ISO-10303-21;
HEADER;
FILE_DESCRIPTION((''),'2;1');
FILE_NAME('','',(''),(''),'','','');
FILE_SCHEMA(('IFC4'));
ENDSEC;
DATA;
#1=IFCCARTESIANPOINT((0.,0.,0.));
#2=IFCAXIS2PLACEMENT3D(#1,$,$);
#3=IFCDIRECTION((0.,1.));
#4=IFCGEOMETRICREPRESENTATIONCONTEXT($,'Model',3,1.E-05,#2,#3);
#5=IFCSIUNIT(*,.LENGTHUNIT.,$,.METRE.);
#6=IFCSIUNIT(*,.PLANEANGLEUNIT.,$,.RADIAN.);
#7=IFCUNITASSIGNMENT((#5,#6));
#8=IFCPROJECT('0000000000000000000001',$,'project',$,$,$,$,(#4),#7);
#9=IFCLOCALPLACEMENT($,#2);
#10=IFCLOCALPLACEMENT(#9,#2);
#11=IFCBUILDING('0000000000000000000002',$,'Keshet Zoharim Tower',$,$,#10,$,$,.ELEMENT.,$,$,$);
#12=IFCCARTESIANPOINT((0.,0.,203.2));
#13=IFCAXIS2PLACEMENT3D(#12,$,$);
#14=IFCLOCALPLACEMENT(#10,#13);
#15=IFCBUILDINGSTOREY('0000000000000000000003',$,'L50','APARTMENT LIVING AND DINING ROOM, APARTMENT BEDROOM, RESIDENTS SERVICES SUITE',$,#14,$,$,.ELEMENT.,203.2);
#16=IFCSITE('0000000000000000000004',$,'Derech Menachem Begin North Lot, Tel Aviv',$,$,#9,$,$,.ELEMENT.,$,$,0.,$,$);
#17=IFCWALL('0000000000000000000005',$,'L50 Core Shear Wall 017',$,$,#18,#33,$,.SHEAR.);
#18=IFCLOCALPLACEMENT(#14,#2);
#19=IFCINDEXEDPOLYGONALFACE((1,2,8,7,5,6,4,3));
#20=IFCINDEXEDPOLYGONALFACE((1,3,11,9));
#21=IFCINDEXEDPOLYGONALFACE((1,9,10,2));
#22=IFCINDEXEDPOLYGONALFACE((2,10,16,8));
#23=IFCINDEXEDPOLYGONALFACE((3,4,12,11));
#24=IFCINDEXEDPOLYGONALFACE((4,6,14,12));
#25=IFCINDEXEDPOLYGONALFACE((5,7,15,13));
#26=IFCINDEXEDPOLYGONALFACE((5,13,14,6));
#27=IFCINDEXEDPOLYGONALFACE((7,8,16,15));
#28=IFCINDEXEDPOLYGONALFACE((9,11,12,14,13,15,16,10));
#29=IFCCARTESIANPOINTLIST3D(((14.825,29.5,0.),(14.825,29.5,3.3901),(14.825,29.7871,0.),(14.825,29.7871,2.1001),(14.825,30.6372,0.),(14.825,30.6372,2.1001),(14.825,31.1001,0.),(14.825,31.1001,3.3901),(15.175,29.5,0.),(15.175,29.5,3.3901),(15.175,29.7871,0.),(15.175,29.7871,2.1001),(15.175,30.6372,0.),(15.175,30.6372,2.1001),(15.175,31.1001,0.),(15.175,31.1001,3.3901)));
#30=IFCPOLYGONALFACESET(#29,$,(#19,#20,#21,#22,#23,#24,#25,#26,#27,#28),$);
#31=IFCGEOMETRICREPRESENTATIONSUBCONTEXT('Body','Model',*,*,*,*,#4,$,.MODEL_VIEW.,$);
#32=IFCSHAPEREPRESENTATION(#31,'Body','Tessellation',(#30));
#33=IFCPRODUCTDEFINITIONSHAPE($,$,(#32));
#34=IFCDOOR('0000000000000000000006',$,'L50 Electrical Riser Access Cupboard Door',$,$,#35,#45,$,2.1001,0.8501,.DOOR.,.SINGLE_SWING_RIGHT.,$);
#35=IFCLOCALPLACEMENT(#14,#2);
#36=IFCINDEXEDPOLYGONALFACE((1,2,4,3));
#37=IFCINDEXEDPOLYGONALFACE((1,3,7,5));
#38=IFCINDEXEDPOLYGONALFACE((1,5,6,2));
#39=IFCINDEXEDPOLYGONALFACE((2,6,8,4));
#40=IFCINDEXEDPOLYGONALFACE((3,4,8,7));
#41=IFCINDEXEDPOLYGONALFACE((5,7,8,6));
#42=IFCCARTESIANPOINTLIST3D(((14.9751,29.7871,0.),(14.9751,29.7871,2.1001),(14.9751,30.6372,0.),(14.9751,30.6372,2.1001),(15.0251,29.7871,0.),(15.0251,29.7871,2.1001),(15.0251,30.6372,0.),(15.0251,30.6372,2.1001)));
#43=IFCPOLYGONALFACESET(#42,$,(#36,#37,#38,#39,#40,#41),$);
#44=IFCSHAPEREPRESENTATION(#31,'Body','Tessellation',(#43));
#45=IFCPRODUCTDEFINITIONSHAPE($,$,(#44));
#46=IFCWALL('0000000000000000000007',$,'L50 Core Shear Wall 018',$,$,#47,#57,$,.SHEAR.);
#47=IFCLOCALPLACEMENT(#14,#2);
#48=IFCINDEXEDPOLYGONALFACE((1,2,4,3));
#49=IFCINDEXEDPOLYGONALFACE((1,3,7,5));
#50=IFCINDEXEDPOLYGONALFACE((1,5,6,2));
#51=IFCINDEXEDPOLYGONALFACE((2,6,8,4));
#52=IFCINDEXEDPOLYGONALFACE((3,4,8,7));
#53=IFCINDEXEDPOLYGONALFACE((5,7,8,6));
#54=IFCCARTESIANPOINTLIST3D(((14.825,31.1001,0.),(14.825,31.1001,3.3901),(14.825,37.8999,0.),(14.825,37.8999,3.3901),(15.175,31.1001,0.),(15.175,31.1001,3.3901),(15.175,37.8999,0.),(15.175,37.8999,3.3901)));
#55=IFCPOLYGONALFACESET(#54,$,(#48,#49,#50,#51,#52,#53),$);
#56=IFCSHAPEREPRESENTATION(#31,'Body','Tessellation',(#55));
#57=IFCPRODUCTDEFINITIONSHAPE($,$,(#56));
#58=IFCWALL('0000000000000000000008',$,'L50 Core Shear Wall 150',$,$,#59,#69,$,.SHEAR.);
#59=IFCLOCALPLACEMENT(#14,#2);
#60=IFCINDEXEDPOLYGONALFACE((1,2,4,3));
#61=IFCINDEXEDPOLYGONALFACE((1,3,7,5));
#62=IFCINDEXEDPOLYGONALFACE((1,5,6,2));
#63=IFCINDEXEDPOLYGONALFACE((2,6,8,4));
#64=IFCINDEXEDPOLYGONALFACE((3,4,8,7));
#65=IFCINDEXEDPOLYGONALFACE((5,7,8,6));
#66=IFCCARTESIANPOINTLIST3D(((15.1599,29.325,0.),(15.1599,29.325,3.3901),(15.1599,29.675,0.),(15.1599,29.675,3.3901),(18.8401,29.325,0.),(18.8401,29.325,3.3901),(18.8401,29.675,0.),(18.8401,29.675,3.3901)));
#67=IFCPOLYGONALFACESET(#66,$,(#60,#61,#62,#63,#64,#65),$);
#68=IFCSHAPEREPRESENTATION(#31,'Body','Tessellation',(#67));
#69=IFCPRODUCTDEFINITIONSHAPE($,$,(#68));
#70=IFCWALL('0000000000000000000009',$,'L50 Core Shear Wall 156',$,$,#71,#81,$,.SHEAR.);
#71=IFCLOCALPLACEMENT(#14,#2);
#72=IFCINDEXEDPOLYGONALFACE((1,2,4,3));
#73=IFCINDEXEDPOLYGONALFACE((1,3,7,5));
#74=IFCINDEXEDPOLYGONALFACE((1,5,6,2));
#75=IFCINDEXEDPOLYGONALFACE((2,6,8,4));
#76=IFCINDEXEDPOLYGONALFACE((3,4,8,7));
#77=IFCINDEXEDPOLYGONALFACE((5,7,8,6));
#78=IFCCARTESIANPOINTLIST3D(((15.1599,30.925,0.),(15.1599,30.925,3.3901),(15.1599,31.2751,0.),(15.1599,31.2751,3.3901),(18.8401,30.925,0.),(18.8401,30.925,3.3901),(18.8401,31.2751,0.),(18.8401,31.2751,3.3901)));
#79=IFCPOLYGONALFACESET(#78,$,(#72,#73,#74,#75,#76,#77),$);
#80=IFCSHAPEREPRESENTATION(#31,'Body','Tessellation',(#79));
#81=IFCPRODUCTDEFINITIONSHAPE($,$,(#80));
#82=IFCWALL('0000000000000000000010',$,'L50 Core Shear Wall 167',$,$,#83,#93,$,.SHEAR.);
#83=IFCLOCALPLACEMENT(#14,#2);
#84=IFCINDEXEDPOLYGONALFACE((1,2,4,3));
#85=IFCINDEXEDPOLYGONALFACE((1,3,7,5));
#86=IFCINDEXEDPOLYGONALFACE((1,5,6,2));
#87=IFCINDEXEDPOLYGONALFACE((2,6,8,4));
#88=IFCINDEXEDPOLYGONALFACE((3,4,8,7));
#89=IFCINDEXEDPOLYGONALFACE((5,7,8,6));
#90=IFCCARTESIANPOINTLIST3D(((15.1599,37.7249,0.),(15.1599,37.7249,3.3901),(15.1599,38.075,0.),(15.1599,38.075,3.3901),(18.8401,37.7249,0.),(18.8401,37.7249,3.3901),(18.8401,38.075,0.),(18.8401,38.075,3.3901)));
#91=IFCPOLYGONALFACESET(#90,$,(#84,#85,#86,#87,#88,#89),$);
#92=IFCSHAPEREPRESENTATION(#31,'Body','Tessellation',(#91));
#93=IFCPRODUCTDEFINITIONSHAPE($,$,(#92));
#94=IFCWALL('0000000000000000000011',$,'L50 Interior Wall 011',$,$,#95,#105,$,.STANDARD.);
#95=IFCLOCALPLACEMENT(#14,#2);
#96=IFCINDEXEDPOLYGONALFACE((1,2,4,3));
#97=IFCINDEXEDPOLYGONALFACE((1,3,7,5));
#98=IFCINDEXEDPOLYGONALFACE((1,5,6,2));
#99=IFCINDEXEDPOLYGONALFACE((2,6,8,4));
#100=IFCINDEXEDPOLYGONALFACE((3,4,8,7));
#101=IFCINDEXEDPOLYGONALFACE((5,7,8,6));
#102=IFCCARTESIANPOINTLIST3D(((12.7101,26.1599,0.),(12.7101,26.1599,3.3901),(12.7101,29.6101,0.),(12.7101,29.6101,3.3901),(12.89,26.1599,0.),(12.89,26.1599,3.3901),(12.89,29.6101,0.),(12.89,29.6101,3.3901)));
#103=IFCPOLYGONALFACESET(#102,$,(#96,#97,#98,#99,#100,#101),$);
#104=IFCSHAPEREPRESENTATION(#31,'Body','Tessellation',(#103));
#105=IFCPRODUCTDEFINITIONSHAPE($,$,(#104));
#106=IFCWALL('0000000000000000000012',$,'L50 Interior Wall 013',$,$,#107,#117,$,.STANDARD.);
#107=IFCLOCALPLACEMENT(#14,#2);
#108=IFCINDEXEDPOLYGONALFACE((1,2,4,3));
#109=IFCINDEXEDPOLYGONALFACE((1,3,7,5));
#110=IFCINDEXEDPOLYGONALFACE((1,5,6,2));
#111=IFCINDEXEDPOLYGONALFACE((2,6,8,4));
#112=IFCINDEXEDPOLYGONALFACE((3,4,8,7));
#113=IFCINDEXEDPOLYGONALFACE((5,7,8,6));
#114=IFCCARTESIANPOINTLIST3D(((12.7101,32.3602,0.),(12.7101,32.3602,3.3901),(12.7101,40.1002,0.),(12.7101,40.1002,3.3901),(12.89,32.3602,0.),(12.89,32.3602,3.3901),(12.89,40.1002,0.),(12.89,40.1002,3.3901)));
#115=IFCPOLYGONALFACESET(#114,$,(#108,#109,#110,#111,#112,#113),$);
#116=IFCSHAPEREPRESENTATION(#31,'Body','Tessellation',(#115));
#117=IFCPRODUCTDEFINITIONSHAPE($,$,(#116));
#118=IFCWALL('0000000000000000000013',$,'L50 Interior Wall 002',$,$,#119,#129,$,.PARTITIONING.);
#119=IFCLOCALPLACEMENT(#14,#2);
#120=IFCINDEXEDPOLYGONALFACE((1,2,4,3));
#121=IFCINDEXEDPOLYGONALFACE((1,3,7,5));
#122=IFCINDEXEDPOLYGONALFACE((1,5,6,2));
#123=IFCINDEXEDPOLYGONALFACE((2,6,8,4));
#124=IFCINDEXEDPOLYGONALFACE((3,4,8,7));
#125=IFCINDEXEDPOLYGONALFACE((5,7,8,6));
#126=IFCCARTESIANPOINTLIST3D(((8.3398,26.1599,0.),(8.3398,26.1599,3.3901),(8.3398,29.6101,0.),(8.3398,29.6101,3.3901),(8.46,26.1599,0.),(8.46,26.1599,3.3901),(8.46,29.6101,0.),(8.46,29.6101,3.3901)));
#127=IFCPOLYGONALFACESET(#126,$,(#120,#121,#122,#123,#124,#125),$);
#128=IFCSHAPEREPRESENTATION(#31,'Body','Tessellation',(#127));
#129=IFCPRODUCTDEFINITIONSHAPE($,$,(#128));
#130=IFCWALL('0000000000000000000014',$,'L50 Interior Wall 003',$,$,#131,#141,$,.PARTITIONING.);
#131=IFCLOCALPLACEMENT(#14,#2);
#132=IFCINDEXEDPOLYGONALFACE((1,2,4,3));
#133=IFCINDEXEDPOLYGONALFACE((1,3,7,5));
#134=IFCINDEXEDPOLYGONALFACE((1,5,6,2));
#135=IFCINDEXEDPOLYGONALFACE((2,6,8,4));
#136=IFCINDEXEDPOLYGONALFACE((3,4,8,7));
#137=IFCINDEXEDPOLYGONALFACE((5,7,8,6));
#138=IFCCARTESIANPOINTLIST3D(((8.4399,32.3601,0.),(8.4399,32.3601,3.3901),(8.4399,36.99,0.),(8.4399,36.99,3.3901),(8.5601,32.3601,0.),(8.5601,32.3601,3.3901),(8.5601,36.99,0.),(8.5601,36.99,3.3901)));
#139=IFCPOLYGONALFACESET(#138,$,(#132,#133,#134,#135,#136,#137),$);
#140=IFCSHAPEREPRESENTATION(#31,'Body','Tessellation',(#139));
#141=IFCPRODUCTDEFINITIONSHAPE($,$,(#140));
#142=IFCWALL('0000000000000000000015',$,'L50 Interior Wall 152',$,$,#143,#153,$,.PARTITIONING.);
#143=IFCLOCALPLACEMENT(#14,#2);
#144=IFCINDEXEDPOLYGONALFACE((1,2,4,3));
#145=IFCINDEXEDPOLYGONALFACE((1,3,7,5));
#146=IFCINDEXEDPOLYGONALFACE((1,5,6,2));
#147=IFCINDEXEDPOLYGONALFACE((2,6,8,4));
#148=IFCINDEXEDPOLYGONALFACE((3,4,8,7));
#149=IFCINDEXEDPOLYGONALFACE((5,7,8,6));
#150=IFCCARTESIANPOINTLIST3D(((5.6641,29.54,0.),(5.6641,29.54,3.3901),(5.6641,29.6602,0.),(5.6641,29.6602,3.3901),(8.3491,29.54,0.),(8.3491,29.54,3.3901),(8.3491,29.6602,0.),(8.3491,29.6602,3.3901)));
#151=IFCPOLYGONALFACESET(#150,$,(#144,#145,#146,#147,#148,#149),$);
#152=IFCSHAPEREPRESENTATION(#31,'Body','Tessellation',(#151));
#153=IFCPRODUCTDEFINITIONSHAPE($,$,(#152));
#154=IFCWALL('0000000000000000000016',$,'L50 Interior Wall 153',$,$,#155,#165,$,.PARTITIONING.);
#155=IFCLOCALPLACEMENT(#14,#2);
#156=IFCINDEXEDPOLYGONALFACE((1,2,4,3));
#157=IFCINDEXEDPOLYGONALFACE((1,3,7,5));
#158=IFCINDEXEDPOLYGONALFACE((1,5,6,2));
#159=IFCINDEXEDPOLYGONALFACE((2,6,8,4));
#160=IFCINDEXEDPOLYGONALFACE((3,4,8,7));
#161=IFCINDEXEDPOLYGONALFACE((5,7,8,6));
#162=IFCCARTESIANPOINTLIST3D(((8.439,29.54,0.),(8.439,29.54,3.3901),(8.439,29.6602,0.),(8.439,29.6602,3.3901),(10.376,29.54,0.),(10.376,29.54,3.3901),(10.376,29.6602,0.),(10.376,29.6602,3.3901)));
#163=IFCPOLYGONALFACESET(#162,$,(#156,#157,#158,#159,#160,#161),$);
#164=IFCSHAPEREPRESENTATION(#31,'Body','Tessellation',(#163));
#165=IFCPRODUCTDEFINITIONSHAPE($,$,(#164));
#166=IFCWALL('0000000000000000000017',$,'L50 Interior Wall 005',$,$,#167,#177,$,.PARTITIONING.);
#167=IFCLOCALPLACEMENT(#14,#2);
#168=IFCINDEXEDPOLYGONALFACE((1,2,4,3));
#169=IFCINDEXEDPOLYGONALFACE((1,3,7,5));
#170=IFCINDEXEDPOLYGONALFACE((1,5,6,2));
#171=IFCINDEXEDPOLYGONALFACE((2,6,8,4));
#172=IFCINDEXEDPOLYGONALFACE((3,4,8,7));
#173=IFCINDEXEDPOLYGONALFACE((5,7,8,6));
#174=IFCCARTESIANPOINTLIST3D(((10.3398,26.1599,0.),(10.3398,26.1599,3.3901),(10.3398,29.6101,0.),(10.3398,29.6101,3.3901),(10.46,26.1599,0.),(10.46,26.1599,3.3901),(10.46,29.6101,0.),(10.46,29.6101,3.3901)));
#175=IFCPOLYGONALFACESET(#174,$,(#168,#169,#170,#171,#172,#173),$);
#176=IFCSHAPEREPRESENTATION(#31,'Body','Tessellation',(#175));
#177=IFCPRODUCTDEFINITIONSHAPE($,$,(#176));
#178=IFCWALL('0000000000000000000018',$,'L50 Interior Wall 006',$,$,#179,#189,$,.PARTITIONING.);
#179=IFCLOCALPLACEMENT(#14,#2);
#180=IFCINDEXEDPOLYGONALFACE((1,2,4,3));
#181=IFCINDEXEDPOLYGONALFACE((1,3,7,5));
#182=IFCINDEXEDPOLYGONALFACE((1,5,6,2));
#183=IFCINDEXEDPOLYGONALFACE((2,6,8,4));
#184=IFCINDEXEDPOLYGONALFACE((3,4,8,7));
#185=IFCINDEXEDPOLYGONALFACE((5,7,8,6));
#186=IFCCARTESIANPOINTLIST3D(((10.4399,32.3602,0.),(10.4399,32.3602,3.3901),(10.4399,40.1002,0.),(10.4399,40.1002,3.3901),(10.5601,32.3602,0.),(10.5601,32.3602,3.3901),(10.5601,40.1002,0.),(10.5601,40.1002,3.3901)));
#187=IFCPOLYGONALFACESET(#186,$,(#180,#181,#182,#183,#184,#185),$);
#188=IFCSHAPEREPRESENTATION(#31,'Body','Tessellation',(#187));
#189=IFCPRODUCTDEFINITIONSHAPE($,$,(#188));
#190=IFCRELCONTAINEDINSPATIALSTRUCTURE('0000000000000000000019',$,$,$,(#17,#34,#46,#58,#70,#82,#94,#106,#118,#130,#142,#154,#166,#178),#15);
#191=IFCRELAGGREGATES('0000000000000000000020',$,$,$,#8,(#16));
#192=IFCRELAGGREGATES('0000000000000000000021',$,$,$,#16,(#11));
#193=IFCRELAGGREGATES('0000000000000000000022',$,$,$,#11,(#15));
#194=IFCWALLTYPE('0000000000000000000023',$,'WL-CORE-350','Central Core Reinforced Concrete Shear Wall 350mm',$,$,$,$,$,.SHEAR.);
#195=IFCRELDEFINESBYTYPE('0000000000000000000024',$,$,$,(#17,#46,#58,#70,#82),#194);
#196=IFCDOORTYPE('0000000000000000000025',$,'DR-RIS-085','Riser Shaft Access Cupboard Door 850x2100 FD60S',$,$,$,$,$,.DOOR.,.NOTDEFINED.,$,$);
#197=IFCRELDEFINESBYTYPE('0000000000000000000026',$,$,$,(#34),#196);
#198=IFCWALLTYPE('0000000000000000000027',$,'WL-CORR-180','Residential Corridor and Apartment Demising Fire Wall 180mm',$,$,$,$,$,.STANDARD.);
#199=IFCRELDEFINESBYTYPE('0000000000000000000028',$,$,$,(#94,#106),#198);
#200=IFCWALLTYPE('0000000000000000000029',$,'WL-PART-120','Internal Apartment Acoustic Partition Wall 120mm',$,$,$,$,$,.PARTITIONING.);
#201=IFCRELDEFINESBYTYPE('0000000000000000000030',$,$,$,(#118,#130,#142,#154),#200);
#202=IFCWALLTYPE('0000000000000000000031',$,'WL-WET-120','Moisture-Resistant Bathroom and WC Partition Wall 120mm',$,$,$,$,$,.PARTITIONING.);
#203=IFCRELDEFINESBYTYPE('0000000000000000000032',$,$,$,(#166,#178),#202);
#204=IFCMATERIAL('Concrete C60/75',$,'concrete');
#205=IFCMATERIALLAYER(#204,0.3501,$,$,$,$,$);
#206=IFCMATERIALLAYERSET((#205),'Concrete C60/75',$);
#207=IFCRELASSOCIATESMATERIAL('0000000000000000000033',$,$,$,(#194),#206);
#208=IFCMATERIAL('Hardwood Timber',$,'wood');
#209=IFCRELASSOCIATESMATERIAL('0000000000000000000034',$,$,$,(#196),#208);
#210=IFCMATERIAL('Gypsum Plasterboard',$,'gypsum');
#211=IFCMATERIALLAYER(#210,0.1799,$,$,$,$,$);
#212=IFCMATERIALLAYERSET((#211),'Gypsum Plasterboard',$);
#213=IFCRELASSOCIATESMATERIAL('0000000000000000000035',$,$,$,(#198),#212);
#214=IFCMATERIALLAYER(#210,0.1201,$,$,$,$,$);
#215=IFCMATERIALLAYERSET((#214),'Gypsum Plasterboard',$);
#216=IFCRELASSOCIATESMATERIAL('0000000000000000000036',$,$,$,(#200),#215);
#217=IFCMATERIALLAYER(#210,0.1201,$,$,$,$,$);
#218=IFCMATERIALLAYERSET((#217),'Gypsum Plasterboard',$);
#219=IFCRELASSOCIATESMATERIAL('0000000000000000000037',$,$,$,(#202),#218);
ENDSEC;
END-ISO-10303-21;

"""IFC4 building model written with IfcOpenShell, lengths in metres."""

from ifc_helpers import new_model, si_unit, direction, frame, frame_2d, origin, place, context, subcontext, project, spatial, rectangle, extrude, material, layer, layer_set, type_object, element, fill, save


model = new_model("IFC4")

# Units and contexts
model_context = context("Model", 3, precision=1e-05, world=origin(), true_north=direction((0.0, 1.0)))
body_context = subcontext(model_context, "Body", "Model", "MODEL_VIEW")
ifc_project = project(units=[si_unit("LENGTHUNIT", "METRE"), si_unit("PLANEANGLEUNIT", "RADIAN")], contexts=[model_context])

# Site, building, storey
site_placement = place(None, origin())
site = spatial("IfcSite", under=ifc_project, at=site_placement, Name="Derech Menachem Begin North Lot, Tel Aviv", CompositionType="ELEMENT", RefElevation=0.0)
building_placement = place(site_placement, origin())
building = spatial("IfcBuilding", under=site, at=building_placement, Name="Keshet Zoharim Tower", CompositionType="ELEMENT")
storey_placement = place(building_placement, frame((0.0, 0.0, 203.2)))
storey = spatial("IfcBuildingStorey", under=building, at=storey_placement, Name="L50", Description="APARTMENT LIVING AND DINING ROOM, APARTMENT BEDROOM, RESIDENTS SERVICES SUITE", CompositionType="ELEMENT", Elevation=203.2)

# Wall, opening, door
ifc_material_1 = material(Name="Concrete C60/75", Category="concrete")
ifc_layer_1 = layer(ifc_material_1, 0.3501)
ifc_layer_set_1 = layer_set([ifc_layer_1], Name="Concrete C60/75")
wall_type_1 = type_object("IfcWallType", Name="WL-CORE-350", Description="Central Core Reinforced Concrete Shear Wall 350mm", PredefinedType="SHEAR", material=ifc_layer_set_1)
wall_1_placement = place(storey_placement, frame((15.0, 29.5, 0.0), z_axis=(0.0, 0.0, 1.0), x_axis=(0.0, 1.0, 0.0)))
wall_1 = element("IfcWall", 1, at=wall_1_placement, inside=storey, type_object=wall_type_1, Name="L50 Core Shear Wall 017", PredefinedType="SHEAR", context=body_context, shape_type="SweptSolid", body=[
    extrude(rectangle(XDim=1.6001, YDim=0.3501, at=frame_2d((0.8, 0.0))), origin(), (0.0, 0.0, 1.0), 3.3901),
])
opening_1_placement = place(wall_1_placement, frame((0.2871, 0.0, 0.0)))
opening_1 = element("IfcOpeningElement", 2, at=opening_1_placement, cuts=wall_1, PredefinedType="OPENING", context=body_context, shape_type="SweptSolid", body=[
    extrude(rectangle(XDim=0.8501, YDim=2.1001, at=frame_2d((0.425, 1.05))), frame((0.0, 0.1851, 0.0), z_axis=(0.0, -1.0, 0.0), x_axis=(1.0, 0.0, 0.0)), (0.0, 0.0, 1.0), 0.3701),
])
ifc_material_2 = material(Name="Hardwood Timber", Category="wood")
door_type_1 = type_object("IfcDoorType", Name="DR-RIS-085", Description="Riser Shaft Access Cupboard Door 850x2100 FD60S", OperationType="NOTDEFINED", PredefinedType="DOOR", material=ifc_material_2)
door_1_placement = place(opening_1_placement, origin())
door_1 = element("IfcDoor", 3, at=door_1_placement, inside=storey, type_object=door_type_1, Name="L50 Electrical Riser Access Cupboard Door", OperationType="SINGLE_SWING_RIGHT", OverallHeight=2.1001, OverallWidth=0.8501, PredefinedType="DOOR", context=body_context, shape_type="SweptSolid", body=[
    extrude(rectangle(XDim=0.8501, YDim=2.1001, at=frame_2d((0.425, 1.05))), frame((0.0, 0.0249, 0.0), z_axis=(0.0, -1.0, 0.0), x_axis=(1.0, 0.0, 0.0)), (0.0, 0.0, 1.0), 0.05),
])
fill(opening_1, door_1)

# Walls
wall_2_placement = place(storey_placement, frame((15.0, 31.1001, 0.0), z_axis=(0.0, 0.0, 1.0), x_axis=(0.0, 1.0, 0.0)))
element("IfcWall", 4, at=wall_2_placement, inside=storey, type_object=wall_type_1, Name="L50 Core Shear Wall 018", PredefinedType="SHEAR", context=body_context, shape_type="SweptSolid", body=[
    extrude(rectangle(XDim=6.7998, YDim=0.3501, at=frame_2d((3.3999, 0.0))), origin(), (0.0, 0.0, 1.0), 3.3901),
])
for number, where, z_axis, x_axis, name in (
    (5, (15.1599, 29.5, 0.0), (0.0, 0.0, 1.0), (1.0, 0.0, 0.0), "L50 Core Shear Wall 150"),
    (6, (15.1599, 31.1001, 0.0), (0.0, 0.0, 1.0), (1.0, 0.0, 0.0), "L50 Core Shear Wall 156"),
    (7, (15.1599, 37.8999, 0.0), (0.0, 0.0, 1.0), (1.0, 0.0, 0.0), "L50 Core Shear Wall 167"),
):
    element("IfcWall", number, at=place(storey_placement, frame(where, z_axis=z_axis, x_axis=x_axis)), inside=storey, type_object=wall_type_1, Name=name, PredefinedType="SHEAR", context=body_context, shape_type="SweptSolid", body=[
        extrude(rectangle(XDim=3.6802, YDim=0.3501, at=frame_2d((1.8401, 0.0))), origin(), (0.0, 0.0, 1.0), 3.3901),
    ])
ifc_material_3 = material(Name="Gypsum Plasterboard", Category="gypsum")
ifc_layer_2 = layer(ifc_material_3, 0.1799)
ifc_layer_set_2 = layer_set([ifc_layer_2], Name="Gypsum Plasterboard")
wall_type_2 = type_object("IfcWallType", Name="WL-CORR-180", Description="Residential Corridor and Apartment Demising Fire Wall 180mm", PredefinedType="STANDARD", material=ifc_layer_set_2)
wall_3_placement = place(storey_placement, frame((12.8, 26.1599, 0.0), z_axis=(0.0, 0.0, 1.0), x_axis=(0.0, 1.0, 0.0)))
element("IfcWall", 8, at=wall_3_placement, inside=storey, type_object=wall_type_2, Name="L50 Interior Wall 011", PredefinedType="STANDARD", context=body_context, shape_type="SweptSolid", body=[
    extrude(rectangle(XDim=3.4502, YDim=0.1799, at=frame_2d((1.7251, 0.0))), origin(), (0.0, 0.0, 1.0), 3.3901),
])

# Walls
wall_4_placement = place(storey_placement, frame((12.8, 32.3601, 0.0), z_axis=(0.0, 0.0, 1.0), x_axis=(0.0, 1.0, 0.0)))
element("IfcWall", 9, at=wall_4_placement, inside=storey, type_object=wall_type_2, Name="L50 Interior Wall 013", PredefinedType="STANDARD", context=body_context, shape_type="SweptSolid", body=[
    extrude(rectangle(XDim=7.74, YDim=0.1799, at=frame_2d((3.8701, 0.0))), origin(), (0.0, 0.0, 1.0), 3.3901),
])
ifc_layer_3 = layer(ifc_material_3, 0.1201)
ifc_layer_set_3 = layer_set([ifc_layer_3], Name="Gypsum Plasterboard")
wall_type_3 = type_object("IfcWallType", Name="WL-PART-120", Description="Internal Apartment Acoustic Partition Wall 120mm", PredefinedType="PARTITIONING", material=ifc_layer_set_3)
wall_5_placement = place(storey_placement, frame((8.3999, 26.1599, 0.0), z_axis=(0.0, 0.0, 1.0), x_axis=(0.0, 1.0, 0.0)))
element("IfcWall", 10, at=wall_5_placement, inside=storey, type_object=wall_type_3, Name="L50 Interior Wall 002", PredefinedType="PARTITIONING", context=body_context, shape_type="SweptSolid", body=[
    extrude(rectangle(XDim=3.4502, YDim=0.1201, at=frame_2d((1.7251, 0.0))), origin(), (0.0, 0.0, 1.0), 3.3901),
])
wall_6_placement = place(storey_placement, frame((8.5, 32.3601, 0.0), z_axis=(0.0, 0.0, 1.0), x_axis=(0.0, 1.0, 0.0)))
element("IfcWall", 11, at=wall_6_placement, inside=storey, type_object=wall_type_3, Name="L50 Interior Wall 003", PredefinedType="PARTITIONING", context=body_context, shape_type="SweptSolid", body=[
    extrude(rectangle(XDim=4.6299, YDim=0.1201, at=frame_2d((2.3149, 0.0))), origin(), (0.0, 0.0, 1.0), 3.3901),
])

# Walls
wall_7_placement = place(storey_placement, frame((5.6641, 29.6001, 0.0), z_axis=(0.0, 0.0, 1.0), x_axis=(1.0, 0.0, 0.0)))
element("IfcWall", 12, at=wall_7_placement, inside=storey, type_object=wall_type_3, Name="L50 Interior Wall 152", PredefinedType="PARTITIONING", context=body_context, shape_type="SweptSolid", body=[
    extrude(rectangle(XDim=2.6851, YDim=0.1201, at=frame_2d((1.3425, 0.0))), origin(), (0.0, 0.0, 1.0), 3.3901),
])
wall_8_placement = place(storey_placement, frame((8.439, 29.6001, 0.0), z_axis=(0.0, 0.0, 1.0), x_axis=(1.0, 0.0, 0.0)))
element("IfcWall", 13, at=wall_8_placement, inside=storey, type_object=wall_type_3, Name="L50 Interior Wall 153", PredefinedType="PARTITIONING", context=body_context, shape_type="SweptSolid", body=[
    extrude(rectangle(XDim=1.937, YDim=0.1201, at=frame_2d((0.9685, 0.0))), origin(), (0.0, 0.0, 1.0), 3.3901),
])

# Walls
ifc_layer_4 = layer(ifc_material_3, 0.1201)
ifc_layer_set_4 = layer_set([ifc_layer_4], Name="Gypsum Plasterboard")
wall_type_4 = type_object("IfcWallType", Name="WL-WET-120", Description="Moisture-Resistant Bathroom and WC Partition Wall 120mm", PredefinedType="PARTITIONING", material=ifc_layer_set_4)
wall_9_placement = place(storey_placement, frame((10.3999, 26.1599, 0.0), z_axis=(0.0, 0.0, 1.0), x_axis=(0.0, 1.0, 0.0)))
element("IfcWall", 14, at=wall_9_placement, inside=storey, type_object=wall_type_4, Name="L50 Interior Wall 005", PredefinedType="PARTITIONING", context=body_context, shape_type="SweptSolid", body=[
    extrude(rectangle(XDim=3.4502, YDim=0.1201, at=frame_2d((1.7251, 0.0))), origin(), (0.0, 0.0, 1.0), 3.3901),
])
wall_10_placement = place(storey_placement, frame((10.5, 32.3601, 0.0), z_axis=(0.0, 0.0, 1.0), x_axis=(0.0, 1.0, 0.0)))
element("IfcWall", 15, at=wall_10_placement, inside=storey, type_object=wall_type_4, Name="L50 Interior Wall 006", PredefinedType="PARTITIONING", context=body_context, shape_type="SweptSolid", body=[
    extrude(rectangle(XDim=7.74, YDim=0.1201, at=frame_2d((3.8701, 0.0))), origin(), (0.0, 0.0, 1.0), 3.3901),
])

save(model, "model.ifc")
